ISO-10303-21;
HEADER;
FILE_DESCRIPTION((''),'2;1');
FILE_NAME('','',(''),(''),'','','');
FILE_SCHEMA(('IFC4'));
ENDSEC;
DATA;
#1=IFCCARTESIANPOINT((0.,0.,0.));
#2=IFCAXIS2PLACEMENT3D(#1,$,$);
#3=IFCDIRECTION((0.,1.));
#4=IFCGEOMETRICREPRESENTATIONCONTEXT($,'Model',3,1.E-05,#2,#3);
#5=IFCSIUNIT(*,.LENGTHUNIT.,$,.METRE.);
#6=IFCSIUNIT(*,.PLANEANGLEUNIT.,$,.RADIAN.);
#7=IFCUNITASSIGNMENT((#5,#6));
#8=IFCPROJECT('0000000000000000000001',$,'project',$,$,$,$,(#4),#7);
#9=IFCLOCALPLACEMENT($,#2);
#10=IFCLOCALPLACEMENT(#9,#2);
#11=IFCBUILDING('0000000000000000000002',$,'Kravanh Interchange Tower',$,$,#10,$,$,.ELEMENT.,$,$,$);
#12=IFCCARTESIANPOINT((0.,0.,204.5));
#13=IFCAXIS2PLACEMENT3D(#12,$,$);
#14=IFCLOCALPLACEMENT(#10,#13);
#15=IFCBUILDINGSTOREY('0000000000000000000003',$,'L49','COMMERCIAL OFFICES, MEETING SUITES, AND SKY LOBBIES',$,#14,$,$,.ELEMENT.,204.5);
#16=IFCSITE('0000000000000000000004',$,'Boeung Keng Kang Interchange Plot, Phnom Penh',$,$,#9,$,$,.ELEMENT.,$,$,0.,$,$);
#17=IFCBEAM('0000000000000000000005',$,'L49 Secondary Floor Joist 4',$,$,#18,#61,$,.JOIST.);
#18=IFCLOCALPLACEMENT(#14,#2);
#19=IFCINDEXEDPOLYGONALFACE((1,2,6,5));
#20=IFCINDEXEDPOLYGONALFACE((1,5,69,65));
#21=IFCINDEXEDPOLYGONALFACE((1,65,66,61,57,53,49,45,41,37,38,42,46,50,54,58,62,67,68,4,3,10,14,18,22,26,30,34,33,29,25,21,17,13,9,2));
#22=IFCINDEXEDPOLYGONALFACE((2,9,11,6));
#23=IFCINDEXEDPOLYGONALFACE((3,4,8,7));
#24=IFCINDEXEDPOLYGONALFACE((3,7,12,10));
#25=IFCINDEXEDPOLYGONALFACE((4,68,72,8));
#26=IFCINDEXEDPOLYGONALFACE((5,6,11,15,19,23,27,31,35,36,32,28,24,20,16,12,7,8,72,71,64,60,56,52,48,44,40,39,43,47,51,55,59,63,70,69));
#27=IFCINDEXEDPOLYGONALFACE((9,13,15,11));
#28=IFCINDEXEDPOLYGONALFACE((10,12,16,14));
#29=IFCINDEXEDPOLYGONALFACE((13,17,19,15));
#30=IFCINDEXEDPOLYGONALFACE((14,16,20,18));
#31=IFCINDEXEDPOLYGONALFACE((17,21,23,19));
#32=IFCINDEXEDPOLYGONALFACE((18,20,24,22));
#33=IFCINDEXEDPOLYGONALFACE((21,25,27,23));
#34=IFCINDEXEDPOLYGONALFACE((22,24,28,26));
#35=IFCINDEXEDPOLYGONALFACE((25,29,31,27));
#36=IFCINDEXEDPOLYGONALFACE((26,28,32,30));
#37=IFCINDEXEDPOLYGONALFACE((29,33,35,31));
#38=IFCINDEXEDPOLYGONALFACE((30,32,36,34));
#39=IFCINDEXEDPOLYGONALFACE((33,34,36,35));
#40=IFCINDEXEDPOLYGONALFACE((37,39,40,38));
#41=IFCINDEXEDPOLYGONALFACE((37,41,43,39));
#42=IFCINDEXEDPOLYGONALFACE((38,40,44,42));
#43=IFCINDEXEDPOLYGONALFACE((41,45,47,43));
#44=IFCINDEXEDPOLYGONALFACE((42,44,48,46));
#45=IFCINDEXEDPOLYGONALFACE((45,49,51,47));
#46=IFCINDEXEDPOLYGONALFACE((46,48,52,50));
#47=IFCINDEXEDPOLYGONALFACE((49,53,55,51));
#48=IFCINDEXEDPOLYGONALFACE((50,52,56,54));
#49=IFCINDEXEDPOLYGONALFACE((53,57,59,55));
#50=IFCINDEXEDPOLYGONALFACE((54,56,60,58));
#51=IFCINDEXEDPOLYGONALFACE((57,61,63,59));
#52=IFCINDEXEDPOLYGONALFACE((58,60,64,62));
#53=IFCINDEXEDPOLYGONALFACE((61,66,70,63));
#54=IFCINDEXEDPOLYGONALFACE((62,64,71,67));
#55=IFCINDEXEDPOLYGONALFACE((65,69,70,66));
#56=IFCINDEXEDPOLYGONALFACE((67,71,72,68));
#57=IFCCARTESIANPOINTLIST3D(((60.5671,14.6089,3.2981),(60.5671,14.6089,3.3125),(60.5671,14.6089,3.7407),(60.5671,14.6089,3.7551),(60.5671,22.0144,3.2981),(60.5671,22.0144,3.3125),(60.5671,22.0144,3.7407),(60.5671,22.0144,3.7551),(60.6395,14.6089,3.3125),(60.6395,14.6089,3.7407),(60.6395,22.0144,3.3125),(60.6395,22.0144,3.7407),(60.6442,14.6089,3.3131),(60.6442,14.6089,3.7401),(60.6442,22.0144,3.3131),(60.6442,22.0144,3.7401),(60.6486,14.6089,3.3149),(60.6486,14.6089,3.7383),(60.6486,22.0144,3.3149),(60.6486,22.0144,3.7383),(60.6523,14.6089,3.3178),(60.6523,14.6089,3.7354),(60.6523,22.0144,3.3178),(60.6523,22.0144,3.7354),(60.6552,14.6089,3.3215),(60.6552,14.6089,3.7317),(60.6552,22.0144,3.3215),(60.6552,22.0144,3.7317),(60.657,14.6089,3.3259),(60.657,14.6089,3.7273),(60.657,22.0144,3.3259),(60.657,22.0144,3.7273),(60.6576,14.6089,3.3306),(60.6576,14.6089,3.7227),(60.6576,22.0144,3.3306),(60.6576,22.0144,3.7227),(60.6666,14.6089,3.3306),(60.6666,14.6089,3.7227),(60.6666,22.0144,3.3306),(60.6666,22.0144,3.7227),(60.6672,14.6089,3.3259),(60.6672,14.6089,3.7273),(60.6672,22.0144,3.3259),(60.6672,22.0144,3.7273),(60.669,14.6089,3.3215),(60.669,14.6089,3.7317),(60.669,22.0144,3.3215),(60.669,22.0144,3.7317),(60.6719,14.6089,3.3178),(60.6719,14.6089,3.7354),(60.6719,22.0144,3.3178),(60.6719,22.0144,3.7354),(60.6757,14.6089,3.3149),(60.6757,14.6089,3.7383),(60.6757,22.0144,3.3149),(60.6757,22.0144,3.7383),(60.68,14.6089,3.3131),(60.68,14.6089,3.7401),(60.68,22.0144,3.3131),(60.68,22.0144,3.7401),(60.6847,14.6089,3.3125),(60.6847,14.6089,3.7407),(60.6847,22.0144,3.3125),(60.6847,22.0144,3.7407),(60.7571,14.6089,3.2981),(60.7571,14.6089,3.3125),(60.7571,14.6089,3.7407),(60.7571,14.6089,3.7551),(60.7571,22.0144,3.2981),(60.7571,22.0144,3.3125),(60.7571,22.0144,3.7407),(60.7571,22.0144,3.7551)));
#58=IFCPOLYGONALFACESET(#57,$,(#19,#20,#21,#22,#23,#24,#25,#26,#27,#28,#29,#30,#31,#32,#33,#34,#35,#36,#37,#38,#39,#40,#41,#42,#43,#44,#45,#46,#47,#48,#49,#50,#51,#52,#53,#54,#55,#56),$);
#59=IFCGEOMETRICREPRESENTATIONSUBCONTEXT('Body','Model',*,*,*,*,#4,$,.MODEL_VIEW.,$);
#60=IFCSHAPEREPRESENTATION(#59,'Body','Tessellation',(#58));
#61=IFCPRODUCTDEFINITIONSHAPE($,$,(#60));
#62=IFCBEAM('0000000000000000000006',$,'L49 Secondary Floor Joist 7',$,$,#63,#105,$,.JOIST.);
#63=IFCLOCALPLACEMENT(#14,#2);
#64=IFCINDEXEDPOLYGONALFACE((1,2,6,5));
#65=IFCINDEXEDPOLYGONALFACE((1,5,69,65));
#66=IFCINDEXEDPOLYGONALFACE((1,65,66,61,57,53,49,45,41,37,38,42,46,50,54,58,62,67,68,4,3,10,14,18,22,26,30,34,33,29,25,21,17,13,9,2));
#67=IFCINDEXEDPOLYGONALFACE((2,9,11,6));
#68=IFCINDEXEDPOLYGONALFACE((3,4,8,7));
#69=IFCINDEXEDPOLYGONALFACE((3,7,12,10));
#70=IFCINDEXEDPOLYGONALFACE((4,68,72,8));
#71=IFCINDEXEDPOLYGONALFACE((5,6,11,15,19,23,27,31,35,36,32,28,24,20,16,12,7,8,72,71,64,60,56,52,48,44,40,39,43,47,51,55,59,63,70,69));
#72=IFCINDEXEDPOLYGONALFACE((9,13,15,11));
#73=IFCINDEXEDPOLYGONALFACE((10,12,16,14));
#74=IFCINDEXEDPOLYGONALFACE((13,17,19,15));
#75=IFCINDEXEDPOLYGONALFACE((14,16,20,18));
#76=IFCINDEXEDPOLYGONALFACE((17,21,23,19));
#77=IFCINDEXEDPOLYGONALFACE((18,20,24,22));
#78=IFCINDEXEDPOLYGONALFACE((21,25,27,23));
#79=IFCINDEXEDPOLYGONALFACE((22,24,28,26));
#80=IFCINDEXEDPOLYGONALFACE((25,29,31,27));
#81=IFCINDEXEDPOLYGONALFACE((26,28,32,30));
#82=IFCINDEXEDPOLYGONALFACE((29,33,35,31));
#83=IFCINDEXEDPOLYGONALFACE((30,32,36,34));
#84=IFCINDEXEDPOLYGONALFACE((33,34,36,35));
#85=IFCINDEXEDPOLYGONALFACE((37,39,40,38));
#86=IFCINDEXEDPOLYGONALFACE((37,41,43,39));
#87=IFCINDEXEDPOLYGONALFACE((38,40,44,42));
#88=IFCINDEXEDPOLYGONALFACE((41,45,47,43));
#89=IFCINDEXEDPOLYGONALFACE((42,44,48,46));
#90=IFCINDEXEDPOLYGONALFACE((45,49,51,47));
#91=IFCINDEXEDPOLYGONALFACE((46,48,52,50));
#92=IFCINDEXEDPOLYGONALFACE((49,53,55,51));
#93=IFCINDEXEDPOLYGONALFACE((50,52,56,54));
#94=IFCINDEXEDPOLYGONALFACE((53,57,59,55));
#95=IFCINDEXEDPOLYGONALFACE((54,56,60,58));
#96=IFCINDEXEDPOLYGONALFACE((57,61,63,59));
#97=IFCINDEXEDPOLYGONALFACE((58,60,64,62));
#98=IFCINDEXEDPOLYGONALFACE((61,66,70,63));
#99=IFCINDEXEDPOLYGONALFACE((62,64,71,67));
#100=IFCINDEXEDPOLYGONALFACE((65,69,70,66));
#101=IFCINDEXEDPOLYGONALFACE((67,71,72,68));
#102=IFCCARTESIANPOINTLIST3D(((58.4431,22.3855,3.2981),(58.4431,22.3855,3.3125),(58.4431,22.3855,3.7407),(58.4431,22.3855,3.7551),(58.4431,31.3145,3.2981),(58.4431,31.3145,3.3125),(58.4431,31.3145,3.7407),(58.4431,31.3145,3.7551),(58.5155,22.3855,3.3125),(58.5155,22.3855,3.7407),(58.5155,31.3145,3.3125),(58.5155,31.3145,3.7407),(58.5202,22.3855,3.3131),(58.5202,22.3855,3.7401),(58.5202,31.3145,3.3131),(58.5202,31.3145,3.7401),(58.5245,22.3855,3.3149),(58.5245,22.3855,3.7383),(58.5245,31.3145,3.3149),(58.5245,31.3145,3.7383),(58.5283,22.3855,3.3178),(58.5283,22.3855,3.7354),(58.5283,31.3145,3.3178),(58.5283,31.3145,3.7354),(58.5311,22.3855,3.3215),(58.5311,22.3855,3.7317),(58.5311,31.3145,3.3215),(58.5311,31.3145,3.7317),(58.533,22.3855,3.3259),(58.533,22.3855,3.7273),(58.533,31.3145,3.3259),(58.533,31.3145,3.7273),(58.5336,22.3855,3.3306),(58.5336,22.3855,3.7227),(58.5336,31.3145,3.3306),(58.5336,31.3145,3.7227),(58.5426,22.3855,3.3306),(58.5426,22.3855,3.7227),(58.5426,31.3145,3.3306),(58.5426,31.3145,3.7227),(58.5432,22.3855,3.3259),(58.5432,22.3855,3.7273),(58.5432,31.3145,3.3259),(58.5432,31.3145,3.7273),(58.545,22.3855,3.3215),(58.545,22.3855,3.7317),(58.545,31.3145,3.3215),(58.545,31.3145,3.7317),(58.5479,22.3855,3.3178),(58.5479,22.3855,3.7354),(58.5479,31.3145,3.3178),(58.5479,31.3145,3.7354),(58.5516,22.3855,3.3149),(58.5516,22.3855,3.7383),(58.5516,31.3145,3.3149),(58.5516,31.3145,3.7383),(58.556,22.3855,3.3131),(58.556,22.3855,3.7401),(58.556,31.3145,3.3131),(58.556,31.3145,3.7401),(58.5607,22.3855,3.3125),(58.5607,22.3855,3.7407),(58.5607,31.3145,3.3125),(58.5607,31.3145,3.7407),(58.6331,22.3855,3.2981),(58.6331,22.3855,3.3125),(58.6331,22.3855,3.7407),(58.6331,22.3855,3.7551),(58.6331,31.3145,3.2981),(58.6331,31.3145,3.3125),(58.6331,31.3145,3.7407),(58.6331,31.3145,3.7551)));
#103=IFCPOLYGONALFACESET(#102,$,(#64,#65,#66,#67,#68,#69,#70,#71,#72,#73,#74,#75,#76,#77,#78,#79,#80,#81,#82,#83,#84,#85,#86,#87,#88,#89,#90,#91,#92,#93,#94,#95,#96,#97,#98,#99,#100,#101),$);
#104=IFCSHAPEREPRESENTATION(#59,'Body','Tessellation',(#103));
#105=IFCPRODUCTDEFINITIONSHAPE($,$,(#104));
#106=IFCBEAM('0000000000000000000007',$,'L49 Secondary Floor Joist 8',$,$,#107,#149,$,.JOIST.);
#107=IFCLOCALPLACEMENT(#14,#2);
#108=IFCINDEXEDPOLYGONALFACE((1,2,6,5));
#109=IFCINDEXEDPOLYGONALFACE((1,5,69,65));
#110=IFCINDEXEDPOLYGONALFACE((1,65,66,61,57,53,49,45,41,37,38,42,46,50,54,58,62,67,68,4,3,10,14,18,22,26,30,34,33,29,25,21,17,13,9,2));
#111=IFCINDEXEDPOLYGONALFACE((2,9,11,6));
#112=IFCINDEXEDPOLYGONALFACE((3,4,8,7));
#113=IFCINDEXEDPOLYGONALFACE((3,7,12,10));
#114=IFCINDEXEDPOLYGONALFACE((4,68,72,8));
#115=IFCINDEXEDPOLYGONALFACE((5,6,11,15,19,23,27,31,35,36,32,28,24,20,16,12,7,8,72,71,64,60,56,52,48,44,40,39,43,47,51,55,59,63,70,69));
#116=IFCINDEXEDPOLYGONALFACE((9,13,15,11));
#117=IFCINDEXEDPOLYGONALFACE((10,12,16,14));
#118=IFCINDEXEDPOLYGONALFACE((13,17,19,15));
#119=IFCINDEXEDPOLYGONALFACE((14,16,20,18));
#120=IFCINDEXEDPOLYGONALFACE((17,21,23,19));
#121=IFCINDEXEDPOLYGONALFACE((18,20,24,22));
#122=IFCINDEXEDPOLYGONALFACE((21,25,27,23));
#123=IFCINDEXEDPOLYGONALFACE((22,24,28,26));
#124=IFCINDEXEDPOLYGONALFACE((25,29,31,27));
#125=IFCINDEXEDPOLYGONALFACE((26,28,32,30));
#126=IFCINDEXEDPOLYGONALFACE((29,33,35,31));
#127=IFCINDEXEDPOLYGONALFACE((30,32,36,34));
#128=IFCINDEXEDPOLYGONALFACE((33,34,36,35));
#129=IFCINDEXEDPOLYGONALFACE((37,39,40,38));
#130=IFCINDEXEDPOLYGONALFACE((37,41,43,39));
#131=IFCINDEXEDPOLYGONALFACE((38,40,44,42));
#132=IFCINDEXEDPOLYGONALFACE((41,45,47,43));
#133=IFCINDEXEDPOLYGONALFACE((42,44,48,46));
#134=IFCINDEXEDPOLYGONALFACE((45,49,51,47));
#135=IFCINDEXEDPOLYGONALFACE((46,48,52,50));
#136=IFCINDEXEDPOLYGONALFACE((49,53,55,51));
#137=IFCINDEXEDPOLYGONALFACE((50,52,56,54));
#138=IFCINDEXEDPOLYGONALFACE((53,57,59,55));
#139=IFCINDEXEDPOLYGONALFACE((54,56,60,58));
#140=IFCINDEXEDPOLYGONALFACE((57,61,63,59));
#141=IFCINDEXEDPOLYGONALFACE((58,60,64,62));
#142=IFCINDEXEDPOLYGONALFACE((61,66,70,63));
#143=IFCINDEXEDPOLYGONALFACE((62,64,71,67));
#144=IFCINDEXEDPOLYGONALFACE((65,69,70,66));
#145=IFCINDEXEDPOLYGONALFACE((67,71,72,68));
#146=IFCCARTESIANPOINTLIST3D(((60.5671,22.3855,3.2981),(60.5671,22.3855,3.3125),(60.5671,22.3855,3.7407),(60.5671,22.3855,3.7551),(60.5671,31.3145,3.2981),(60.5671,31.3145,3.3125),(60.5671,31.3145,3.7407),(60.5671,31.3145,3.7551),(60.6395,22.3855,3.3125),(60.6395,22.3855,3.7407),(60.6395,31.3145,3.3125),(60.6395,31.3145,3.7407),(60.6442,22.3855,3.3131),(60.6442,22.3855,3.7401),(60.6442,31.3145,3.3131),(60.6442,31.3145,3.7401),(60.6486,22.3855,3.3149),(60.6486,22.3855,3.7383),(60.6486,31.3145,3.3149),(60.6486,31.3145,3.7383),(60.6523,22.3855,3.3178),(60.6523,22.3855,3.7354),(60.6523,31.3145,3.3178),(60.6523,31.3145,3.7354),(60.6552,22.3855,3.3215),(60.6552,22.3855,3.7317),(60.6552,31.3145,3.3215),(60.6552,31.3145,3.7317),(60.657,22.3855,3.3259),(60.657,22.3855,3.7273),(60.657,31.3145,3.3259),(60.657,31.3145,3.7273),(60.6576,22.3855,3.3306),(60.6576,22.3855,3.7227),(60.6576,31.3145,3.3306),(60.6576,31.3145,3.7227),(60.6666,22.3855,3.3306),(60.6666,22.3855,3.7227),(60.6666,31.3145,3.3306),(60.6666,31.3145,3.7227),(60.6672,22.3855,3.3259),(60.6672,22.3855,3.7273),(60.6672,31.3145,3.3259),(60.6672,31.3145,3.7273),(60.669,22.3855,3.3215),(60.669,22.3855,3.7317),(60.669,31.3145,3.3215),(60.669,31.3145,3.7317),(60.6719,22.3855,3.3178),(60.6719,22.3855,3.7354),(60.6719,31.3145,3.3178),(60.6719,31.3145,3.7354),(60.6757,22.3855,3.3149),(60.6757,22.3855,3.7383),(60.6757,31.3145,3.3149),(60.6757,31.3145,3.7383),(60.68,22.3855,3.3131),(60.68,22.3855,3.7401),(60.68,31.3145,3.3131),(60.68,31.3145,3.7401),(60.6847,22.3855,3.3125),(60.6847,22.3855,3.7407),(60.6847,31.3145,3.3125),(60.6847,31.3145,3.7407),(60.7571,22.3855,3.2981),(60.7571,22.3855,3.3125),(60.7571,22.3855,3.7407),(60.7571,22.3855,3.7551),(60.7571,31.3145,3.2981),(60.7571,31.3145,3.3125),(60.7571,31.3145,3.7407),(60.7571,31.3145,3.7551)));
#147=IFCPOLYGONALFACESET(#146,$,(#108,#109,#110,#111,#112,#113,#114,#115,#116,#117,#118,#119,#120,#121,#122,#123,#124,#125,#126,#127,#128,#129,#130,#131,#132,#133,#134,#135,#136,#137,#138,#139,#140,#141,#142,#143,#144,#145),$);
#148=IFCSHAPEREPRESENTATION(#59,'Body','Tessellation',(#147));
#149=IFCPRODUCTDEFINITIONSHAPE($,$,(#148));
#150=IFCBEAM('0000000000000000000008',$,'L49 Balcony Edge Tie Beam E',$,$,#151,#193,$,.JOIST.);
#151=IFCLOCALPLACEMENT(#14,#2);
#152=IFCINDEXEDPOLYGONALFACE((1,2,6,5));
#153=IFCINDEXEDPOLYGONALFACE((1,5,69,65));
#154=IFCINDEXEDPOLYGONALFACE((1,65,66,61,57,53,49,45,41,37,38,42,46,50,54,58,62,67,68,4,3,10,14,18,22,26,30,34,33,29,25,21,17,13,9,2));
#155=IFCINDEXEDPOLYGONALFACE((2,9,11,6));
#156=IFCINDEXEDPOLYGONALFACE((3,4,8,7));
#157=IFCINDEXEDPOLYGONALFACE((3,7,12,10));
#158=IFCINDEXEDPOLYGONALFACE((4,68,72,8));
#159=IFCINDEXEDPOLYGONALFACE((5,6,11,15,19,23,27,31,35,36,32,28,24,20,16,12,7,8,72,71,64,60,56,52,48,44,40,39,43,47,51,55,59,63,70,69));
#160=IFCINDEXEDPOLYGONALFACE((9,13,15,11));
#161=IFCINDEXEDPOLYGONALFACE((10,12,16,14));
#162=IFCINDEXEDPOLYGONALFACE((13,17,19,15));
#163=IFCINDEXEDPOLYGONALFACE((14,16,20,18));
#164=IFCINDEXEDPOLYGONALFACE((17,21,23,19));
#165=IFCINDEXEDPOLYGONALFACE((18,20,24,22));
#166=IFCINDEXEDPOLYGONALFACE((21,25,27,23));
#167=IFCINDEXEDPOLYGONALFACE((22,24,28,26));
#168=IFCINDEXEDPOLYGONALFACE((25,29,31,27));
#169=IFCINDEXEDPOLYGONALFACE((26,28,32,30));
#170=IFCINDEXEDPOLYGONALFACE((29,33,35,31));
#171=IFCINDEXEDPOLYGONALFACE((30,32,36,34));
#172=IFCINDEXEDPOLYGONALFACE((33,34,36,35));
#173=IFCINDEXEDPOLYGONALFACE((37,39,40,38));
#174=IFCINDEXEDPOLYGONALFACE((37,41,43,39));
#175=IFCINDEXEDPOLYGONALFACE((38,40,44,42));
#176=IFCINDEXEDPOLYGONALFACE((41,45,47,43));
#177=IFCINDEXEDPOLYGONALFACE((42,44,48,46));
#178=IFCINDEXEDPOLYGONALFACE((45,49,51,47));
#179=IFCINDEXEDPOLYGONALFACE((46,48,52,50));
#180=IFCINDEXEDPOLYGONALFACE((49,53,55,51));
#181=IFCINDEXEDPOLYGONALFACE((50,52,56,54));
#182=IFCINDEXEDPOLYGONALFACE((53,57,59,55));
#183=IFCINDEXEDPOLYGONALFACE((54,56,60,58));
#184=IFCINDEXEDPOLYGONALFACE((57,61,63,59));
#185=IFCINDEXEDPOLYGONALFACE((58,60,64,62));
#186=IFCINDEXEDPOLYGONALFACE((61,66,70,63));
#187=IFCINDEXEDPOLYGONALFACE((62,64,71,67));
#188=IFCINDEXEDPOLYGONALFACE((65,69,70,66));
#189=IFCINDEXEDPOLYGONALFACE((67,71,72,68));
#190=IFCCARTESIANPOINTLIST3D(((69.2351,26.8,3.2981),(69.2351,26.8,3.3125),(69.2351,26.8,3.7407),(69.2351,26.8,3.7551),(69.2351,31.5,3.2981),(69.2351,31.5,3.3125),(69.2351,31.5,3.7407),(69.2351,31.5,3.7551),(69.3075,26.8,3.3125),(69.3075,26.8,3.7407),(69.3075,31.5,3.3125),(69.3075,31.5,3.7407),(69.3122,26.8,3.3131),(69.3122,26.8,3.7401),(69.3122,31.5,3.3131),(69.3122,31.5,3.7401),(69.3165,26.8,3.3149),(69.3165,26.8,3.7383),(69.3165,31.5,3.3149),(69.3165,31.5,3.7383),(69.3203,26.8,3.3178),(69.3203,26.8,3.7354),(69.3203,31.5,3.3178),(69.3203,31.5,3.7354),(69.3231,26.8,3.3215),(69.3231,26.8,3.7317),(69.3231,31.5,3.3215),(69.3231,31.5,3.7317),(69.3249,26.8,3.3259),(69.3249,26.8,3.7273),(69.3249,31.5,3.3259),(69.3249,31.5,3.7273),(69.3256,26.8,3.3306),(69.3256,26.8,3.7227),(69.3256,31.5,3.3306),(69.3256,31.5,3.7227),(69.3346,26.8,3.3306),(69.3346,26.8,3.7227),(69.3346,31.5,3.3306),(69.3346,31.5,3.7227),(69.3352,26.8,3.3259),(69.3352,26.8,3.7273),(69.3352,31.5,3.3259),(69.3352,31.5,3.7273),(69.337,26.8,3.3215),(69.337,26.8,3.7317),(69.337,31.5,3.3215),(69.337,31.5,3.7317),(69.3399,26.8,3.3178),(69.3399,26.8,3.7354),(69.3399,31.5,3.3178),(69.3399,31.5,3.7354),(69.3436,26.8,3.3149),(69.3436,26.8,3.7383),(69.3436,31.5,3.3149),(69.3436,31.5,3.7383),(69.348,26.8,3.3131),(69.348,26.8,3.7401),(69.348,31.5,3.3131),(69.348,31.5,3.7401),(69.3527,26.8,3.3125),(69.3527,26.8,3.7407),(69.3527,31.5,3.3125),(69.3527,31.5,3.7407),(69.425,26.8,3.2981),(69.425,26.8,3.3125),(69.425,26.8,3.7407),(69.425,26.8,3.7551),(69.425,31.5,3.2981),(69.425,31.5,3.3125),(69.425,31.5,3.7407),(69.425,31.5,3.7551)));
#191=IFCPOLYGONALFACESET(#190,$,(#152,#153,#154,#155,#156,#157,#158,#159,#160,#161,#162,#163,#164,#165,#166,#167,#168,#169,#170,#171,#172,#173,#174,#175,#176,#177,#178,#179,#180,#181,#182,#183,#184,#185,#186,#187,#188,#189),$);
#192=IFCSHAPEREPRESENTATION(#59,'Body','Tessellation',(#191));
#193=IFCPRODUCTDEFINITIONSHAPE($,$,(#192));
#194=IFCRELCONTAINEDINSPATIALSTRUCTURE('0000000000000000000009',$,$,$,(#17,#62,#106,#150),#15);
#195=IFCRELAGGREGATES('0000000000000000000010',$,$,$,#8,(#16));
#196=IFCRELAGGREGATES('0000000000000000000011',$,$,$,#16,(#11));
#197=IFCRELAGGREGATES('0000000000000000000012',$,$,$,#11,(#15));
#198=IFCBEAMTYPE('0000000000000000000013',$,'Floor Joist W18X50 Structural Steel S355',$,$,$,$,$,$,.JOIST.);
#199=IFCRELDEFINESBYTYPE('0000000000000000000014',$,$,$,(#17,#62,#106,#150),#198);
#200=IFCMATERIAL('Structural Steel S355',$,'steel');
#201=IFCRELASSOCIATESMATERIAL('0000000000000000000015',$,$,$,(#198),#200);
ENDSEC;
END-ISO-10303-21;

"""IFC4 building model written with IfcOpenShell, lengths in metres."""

from ifc_helpers import new_model, si_unit, direction, frame, origin, origin_2d, place, context, subcontext, project, spatial, i_section, extrude, material, material_profile, profile_set, type_object, element, save


model = new_model("IFC4")

# Units and contexts
model_context = context("Model", 3, precision=1e-05, world=origin(), true_north=direction((0.0, 1.0)))
body_context = subcontext(model_context, "Body", "Model", "MODEL_VIEW")
ifc_project = project(units=[si_unit("LENGTHUNIT", "METRE"), si_unit("PLANEANGLEUNIT", "RADIAN")], contexts=[model_context])

# Site, building, storey
site_placement = place(None, origin())
site = spatial("IfcSite", under=ifc_project, at=site_placement, Name="Boeung Keng Kang Interchange Plot, Phnom Penh", CompositionType="ELEMENT", RefElevation=0.0)
building_placement = place(site_placement, origin())
building = spatial("IfcBuilding", under=site, at=building_placement, Name="Kravanh Interchange Tower", CompositionType="ELEMENT")
storey_placement = place(building_placement, frame((0.0, 0.0, 204.5)))
storey = spatial("IfcBuildingStorey", under=building, at=storey_placement, Name="L49", Description="COMMERCIAL OFFICES, MEETING SUITES, AND SKY LOBBIES", CompositionType="ELEMENT", Elevation=204.5)

# Beams
ifc_material_1 = material(Name="Structural Steel S355", Category="steel")
ifc_material_profile_1 = material_profile(ifc_material_1, i_section(OverallWidth=0.1899, OverallDepth=0.457, WebThickness=0.009, FlangeThickness=0.0144, FilletRadius=0.0181, at=origin_2d()), Name="W18X50")
ifc_profile_set_1 = profile_set([ifc_material_profile_1], Name="Structural Steel S355")
beam_type_1 = type_object("IfcBeamType", Name="Floor Joist W18X50 Structural Steel S355", PredefinedType="JOIST", material=ifc_profile_set_1)
beam_1_placement = place(storey_placement, frame((60.6621, 14.6089, 3.5266), z_axis=(0.0, 1.0, 0.0), x_axis=(-1.0, 0.0, 0.0)))
element("IfcBeam", 1, at=beam_1_placement, inside=storey, type_object=beam_type_1, Name="L49 Secondary Floor Joist 4", PredefinedType="JOIST", context=body_context, shape_type="SweptSolid", body=[
    extrude(i_section(OverallWidth=0.1899, OverallDepth=0.457, WebThickness=0.009, FlangeThickness=0.0144, FilletRadius=0.0181, at=origin_2d()), origin(), (0.0, 0.0, 1.0), 7.4055),
])
for number, where, z_axis, x_axis, name in (
    (2, (58.5381, 22.3855, 3.5266), (0.0, 1.0, 0.0), (-1.0, 0.0, 0.0), "L49 Secondary Floor Joist 7"),
    (3, (60.6621, 22.3855, 3.5266), (0.0, 1.0, 0.0), (-1.0, 0.0, 0.0), "L49 Secondary Floor Joist 8"),
):
    element("IfcBeam", number, at=place(storey_placement, frame(where, z_axis=z_axis, x_axis=x_axis)), inside=storey, type_object=beam_type_1, Name=name, PredefinedType="JOIST", context=body_context, shape_type="SweptSolid", body=[
        extrude(i_section(OverallWidth=0.1899, OverallDepth=0.457, WebThickness=0.009, FlangeThickness=0.0144, FilletRadius=0.0181, at=origin_2d()), origin(), (0.0, 0.0, 1.0), 8.929),
    ])
beam_2_placement = place(storey_placement, frame((69.3301, 26.8, 3.5266), z_axis=(0.0, 1.0, 0.0), x_axis=(-1.0, 0.0, 0.0)))
element("IfcBeam", 4, at=beam_2_placement, inside=storey, type_object=beam_type_1, Name="L49 Balcony Edge Tie Beam E", PredefinedType="JOIST", context=body_context, shape_type="SweptSolid", body=[
    extrude(i_section(OverallWidth=0.1899, OverallDepth=0.457, WebThickness=0.009, FlangeThickness=0.0144, FilletRadius=0.0181, at=origin_2d()), origin(), (0.0, 0.0, 1.0), 4.7),
])

save(model, "model.ifc")
